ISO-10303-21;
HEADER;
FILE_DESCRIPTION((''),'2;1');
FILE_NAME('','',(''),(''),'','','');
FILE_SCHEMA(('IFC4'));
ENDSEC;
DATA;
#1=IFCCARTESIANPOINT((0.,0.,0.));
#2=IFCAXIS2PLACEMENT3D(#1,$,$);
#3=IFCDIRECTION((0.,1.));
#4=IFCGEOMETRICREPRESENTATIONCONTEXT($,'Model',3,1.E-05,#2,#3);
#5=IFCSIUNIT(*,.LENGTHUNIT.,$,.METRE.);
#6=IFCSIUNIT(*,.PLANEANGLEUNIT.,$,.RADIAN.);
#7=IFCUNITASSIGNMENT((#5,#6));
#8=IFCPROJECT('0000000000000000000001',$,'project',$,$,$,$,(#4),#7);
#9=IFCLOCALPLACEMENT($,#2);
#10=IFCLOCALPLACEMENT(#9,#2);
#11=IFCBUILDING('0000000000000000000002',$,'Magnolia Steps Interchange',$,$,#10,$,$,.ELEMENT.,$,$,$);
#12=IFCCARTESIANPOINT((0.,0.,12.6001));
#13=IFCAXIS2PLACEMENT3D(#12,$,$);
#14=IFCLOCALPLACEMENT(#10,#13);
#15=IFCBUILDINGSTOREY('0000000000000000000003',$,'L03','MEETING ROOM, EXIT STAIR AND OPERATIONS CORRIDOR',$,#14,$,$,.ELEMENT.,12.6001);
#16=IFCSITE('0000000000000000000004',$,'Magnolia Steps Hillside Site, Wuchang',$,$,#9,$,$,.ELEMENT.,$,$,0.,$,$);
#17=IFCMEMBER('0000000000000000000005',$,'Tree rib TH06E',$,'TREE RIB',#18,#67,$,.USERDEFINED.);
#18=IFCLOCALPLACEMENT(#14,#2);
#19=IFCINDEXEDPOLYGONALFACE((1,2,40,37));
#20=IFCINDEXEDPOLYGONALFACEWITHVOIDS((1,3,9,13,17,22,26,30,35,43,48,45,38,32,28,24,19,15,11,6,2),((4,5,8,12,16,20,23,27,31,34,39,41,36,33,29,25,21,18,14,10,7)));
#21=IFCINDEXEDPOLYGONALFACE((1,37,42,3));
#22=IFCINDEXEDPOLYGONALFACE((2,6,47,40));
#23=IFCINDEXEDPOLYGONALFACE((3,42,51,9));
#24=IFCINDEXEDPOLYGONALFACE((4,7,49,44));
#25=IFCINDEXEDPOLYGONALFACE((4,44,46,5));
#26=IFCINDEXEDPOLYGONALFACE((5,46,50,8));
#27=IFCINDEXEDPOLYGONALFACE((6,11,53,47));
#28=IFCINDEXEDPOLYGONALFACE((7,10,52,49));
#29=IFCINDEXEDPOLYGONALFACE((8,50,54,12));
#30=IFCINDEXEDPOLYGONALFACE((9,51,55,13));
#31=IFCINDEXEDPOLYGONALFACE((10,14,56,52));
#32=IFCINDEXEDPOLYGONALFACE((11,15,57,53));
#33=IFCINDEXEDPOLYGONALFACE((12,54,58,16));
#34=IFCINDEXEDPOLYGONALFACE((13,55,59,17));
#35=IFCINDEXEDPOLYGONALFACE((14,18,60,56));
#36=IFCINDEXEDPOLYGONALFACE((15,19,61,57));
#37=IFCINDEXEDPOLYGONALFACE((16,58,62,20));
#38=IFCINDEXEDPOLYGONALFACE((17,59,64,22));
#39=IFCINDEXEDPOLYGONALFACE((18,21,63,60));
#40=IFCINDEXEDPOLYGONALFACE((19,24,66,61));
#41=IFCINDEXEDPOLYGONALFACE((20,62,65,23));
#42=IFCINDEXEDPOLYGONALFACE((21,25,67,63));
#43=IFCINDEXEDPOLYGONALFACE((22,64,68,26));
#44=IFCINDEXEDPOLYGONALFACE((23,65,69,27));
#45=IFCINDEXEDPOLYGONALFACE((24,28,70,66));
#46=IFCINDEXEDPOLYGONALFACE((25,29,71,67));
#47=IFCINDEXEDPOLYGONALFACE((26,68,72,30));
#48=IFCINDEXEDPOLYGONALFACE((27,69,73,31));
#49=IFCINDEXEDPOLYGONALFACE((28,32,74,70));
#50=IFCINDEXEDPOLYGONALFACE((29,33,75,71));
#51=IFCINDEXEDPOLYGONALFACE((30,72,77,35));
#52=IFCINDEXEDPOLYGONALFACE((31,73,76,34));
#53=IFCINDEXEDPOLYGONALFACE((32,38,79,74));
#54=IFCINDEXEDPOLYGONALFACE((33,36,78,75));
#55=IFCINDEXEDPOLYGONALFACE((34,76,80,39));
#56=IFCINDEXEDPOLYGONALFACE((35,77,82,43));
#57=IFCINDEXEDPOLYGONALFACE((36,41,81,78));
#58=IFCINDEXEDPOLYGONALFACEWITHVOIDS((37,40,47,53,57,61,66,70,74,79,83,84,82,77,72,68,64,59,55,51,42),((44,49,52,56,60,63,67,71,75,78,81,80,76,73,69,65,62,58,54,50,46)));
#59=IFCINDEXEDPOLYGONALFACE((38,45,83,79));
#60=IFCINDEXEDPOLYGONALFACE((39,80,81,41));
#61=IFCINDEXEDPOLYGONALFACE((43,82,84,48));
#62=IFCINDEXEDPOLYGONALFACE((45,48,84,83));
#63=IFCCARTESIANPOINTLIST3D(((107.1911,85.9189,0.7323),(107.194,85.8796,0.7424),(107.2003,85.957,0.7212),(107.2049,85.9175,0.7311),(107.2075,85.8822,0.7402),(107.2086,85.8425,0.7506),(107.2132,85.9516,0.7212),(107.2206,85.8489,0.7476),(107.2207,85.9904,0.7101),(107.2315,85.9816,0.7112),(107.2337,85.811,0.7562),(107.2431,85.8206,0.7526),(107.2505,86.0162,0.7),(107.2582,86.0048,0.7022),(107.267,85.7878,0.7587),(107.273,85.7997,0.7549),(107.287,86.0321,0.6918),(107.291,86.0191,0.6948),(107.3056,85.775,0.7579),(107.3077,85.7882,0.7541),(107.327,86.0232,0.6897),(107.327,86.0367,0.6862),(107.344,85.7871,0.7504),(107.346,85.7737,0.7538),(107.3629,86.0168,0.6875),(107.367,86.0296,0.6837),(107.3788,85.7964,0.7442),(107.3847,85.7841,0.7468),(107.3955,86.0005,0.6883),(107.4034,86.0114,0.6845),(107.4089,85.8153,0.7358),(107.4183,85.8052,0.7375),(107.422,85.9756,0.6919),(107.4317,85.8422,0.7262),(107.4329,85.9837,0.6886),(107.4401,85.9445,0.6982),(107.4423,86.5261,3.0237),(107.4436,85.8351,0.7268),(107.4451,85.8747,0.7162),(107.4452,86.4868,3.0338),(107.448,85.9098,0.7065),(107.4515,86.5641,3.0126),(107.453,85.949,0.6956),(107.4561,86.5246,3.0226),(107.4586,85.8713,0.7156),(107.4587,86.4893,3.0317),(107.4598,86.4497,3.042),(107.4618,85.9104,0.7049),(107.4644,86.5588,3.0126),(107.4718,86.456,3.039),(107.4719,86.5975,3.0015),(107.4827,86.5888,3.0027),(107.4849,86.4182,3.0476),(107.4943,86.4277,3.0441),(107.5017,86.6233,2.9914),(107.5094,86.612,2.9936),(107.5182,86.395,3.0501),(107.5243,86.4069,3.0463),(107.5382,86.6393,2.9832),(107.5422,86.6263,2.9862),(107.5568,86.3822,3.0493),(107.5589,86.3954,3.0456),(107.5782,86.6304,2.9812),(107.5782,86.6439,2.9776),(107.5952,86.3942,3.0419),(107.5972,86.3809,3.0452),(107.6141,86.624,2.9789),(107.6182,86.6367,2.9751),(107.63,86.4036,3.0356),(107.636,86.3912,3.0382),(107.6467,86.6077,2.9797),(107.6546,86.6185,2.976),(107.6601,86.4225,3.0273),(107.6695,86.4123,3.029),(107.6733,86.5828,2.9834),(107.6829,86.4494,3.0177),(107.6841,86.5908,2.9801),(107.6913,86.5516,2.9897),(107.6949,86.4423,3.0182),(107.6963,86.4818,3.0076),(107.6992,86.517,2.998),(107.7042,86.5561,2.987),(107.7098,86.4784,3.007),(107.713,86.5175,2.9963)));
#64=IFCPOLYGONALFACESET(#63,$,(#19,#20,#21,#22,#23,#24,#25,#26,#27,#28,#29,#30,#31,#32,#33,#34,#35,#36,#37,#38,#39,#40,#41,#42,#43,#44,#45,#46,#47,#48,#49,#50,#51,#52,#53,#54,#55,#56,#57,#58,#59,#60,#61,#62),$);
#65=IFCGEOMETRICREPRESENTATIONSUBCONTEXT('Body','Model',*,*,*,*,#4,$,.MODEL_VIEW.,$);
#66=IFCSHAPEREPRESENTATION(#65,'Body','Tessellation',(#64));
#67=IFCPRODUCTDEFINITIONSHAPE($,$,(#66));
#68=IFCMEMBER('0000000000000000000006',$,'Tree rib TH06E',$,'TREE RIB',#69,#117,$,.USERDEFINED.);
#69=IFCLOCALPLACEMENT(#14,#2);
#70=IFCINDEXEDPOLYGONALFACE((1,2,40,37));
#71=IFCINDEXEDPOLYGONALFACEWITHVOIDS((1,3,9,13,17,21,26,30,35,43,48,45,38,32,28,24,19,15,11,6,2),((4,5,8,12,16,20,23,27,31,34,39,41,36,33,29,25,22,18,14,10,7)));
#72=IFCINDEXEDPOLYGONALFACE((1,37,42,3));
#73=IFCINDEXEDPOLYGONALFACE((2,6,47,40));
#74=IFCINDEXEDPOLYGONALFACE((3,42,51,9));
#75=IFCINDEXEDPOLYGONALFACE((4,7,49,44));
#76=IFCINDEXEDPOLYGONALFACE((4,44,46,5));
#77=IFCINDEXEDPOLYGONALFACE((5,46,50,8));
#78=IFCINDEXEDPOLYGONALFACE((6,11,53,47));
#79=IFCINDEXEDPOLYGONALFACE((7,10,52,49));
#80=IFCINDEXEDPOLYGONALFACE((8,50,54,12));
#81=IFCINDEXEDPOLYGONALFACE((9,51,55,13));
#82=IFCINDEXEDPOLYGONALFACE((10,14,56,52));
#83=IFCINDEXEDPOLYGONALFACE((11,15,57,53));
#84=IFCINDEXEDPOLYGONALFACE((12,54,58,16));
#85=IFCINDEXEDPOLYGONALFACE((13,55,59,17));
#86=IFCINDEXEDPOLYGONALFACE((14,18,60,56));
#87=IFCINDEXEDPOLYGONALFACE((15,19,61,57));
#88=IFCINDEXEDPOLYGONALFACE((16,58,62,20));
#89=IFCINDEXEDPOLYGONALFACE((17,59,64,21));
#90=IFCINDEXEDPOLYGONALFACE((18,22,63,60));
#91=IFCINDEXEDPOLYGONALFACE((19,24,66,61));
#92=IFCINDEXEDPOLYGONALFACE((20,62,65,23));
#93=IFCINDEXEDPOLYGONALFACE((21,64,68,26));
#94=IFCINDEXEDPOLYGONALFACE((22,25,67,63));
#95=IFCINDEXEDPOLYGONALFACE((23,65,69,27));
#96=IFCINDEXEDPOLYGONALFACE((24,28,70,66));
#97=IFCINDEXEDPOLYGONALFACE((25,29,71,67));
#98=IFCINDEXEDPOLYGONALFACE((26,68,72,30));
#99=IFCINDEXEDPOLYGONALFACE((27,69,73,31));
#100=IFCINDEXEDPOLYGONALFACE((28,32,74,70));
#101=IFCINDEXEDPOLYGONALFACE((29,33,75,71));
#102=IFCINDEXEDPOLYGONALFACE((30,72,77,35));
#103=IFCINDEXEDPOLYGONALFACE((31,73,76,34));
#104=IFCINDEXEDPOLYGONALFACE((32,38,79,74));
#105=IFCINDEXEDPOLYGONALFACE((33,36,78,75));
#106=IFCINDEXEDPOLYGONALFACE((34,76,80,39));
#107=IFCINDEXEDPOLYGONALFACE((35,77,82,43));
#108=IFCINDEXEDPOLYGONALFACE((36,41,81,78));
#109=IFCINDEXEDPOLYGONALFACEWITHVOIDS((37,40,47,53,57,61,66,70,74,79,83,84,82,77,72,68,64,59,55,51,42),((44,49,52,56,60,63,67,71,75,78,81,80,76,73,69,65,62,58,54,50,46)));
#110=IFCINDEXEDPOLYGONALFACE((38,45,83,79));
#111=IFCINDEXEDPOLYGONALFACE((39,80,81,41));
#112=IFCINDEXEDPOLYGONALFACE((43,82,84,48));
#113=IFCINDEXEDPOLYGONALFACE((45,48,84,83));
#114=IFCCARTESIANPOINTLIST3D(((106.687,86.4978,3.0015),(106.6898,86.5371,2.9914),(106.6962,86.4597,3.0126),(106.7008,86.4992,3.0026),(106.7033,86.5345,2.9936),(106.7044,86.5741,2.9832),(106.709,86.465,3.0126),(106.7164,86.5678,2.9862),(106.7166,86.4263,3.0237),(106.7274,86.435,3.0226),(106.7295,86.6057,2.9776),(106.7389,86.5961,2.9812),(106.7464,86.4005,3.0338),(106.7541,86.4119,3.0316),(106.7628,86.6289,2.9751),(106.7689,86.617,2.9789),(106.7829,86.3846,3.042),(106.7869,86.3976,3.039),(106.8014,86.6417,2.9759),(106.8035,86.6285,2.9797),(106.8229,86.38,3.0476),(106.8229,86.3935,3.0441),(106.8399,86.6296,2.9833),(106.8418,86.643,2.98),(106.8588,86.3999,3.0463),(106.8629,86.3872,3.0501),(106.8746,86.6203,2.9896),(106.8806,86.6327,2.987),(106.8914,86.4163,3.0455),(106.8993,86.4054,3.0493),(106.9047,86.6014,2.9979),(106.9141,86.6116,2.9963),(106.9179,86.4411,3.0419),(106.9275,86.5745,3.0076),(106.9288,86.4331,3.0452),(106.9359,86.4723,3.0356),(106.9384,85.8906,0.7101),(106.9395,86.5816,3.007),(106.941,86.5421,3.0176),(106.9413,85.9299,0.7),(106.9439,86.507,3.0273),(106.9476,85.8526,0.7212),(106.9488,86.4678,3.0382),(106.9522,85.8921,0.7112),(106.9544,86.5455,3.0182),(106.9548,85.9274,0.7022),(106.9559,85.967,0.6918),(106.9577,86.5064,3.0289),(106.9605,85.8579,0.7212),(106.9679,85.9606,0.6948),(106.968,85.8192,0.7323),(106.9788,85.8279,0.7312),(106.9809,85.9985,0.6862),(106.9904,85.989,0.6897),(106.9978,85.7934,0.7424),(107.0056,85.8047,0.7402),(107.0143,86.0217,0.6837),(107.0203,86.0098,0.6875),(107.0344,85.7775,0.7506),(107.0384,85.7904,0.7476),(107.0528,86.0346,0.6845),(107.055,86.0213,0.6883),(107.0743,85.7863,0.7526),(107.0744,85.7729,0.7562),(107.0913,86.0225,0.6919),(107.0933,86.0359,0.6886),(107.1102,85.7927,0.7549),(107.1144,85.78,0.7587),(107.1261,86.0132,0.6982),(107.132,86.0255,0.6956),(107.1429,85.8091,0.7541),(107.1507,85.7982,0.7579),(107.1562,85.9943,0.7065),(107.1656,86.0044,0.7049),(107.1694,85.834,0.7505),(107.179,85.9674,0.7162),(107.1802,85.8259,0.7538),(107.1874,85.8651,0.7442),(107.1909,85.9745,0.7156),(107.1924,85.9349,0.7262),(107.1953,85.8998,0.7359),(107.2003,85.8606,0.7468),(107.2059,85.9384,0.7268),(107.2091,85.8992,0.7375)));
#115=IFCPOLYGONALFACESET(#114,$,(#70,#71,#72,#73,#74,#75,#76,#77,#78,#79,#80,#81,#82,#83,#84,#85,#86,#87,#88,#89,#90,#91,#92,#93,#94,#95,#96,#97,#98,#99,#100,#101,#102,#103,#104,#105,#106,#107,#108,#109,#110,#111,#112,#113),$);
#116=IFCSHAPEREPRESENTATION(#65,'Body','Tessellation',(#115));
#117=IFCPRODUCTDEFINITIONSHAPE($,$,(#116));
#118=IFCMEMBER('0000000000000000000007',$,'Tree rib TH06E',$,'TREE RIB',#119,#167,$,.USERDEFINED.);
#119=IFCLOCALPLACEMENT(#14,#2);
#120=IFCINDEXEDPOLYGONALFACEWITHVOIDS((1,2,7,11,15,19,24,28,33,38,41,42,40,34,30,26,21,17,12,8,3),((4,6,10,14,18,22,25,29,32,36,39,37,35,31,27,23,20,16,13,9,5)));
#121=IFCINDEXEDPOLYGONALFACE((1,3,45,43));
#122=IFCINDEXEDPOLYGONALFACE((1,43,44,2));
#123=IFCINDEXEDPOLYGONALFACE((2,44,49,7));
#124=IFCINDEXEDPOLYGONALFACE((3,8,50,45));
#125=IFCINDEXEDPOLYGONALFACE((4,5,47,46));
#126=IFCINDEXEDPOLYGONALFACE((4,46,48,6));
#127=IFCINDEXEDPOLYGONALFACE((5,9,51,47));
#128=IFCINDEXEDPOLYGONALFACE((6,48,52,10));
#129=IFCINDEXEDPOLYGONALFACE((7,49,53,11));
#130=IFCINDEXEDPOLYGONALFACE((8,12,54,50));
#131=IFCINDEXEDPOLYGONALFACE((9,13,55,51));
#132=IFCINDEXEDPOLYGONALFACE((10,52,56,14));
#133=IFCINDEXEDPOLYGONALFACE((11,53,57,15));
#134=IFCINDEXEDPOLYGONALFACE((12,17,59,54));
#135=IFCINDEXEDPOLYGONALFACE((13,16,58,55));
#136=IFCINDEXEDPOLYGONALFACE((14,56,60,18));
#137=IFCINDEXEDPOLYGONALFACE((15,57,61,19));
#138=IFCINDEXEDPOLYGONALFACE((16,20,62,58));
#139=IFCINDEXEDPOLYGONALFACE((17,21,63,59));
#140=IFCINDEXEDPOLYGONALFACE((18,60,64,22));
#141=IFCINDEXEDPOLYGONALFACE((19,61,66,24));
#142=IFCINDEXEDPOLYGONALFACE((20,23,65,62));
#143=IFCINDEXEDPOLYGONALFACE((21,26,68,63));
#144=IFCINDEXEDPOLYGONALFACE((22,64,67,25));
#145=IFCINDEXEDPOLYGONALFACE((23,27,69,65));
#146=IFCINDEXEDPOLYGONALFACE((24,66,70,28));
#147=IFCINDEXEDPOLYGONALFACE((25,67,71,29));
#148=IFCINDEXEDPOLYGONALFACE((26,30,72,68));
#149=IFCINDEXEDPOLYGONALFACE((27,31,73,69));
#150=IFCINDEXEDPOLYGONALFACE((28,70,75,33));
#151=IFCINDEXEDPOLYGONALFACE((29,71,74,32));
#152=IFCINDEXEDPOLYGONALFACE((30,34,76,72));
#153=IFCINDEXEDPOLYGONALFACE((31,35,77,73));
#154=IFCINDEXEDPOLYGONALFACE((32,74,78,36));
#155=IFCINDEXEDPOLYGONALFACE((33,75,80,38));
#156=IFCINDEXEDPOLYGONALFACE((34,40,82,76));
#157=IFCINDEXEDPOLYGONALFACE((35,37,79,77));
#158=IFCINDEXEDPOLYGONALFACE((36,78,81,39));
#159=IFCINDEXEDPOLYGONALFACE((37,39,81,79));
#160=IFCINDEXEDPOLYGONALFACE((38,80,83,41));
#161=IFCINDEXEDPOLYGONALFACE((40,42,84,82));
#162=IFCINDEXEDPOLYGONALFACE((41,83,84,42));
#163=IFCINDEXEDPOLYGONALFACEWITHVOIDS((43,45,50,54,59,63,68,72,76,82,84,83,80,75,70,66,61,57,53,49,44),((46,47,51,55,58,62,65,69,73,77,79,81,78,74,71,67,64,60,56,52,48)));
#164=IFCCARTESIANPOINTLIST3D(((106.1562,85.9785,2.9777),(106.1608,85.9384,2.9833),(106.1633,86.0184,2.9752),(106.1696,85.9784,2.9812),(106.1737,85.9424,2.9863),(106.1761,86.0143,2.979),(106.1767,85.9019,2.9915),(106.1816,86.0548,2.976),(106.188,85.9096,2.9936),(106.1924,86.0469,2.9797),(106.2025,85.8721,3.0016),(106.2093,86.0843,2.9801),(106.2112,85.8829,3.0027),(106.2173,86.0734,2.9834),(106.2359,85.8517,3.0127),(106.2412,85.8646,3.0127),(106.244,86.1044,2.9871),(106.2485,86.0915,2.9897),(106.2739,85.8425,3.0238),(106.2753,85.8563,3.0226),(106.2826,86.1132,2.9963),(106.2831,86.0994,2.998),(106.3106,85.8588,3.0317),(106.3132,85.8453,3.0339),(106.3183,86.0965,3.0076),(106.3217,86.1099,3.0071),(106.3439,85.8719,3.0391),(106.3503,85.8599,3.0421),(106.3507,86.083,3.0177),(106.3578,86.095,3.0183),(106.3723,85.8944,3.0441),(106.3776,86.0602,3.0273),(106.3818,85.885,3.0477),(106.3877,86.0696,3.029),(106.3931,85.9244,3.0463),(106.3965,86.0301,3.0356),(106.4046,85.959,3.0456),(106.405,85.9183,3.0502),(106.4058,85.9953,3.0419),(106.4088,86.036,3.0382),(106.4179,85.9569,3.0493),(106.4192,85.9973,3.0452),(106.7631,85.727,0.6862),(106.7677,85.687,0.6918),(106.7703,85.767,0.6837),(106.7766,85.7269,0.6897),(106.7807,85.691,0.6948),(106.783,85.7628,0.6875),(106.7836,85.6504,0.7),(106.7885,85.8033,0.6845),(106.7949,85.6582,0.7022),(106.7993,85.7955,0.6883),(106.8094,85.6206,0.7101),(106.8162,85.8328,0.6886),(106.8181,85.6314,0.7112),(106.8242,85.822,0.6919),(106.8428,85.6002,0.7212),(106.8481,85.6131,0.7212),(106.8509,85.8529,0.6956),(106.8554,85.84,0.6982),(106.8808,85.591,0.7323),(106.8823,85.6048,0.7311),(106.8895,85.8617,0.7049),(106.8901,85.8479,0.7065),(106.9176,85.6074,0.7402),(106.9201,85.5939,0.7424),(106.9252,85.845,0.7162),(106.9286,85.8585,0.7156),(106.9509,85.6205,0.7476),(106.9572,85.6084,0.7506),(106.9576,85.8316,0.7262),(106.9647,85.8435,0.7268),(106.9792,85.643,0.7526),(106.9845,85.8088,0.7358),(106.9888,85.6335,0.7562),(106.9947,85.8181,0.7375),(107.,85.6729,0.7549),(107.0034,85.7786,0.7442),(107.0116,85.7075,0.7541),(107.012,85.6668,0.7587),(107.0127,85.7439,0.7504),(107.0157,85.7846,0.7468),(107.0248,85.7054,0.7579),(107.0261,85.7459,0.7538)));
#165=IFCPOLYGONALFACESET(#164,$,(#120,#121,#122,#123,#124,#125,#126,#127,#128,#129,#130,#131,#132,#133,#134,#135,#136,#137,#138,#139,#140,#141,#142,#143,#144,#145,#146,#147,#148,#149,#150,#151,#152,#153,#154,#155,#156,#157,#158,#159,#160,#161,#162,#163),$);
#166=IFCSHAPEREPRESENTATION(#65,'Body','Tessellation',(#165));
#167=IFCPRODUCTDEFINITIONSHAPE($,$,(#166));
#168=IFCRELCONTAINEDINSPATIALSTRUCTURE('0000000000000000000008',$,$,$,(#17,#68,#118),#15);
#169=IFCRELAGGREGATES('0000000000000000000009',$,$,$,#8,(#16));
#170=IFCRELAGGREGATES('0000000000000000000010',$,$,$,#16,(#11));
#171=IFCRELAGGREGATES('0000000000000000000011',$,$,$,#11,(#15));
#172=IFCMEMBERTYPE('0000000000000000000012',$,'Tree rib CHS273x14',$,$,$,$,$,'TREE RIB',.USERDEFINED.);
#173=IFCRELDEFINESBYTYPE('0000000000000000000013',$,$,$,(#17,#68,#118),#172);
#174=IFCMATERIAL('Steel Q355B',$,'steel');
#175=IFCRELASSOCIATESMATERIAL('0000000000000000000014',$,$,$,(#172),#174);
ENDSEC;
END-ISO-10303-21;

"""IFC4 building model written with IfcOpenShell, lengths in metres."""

from ifc_helpers import new_model, si_unit, direction, frame, origin, origin_2d, place, context, subcontext, project, spatial, hollow_circle, extrude, material, material_profile, profile_set, type_object, element, save


model = new_model("IFC4")

# Units and contexts
model_context = context("Model", 3, precision=1e-05, world=origin(), true_north=direction((0.0, 1.0)))
body_context = subcontext(model_context, "Body", "Model", "MODEL_VIEW")
ifc_project = project(units=[si_unit("LENGTHUNIT", "METRE"), si_unit("PLANEANGLEUNIT", "RADIAN")], contexts=[model_context])

# Site, building, storey
site_placement = place(None, origin())
site = spatial("IfcSite", under=ifc_project, at=site_placement, Name="Magnolia Steps Hillside Site, Wuchang", CompositionType="ELEMENT", RefElevation=0.0)
building_placement = place(site_placement, origin())
building = spatial("IfcBuilding", under=site, at=building_placement, Name="Magnolia Steps Interchange", CompositionType="ELEMENT")
storey_placement = place(building_placement, frame((0.0, 0.0, 12.6001)))
storey = spatial("IfcBuildingStorey", under=building, at=storey_placement, Name="L03", Description="MEETING ROOM, EXIT STAIR AND OPERATIONS CORRIDOR", CompositionType="ELEMENT", Elevation=12.6001)

# Members
ifc_material_1 = material(Name="Steel Q355B", Category="steel")
ifc_material_profile_1 = material_profile(ifc_material_1, hollow_circle(Radius=0.1365, WallThickness=0.0139, at=origin_2d()), Name="CHS273x14")
ifc_profile_set_1 = profile_set([ifc_material_profile_1], Name="Steel Q355B")
member_type_1 = type_object("IfcMemberType", Name="Tree rib CHS273x14", ElementType="TREE RIB", PredefinedType="USERDEFINED", material=ifc_profile_set_1)
for number, where, z_axis, x_axis, name in (
    (1, (107.3264, 85.9048, 0.7212), (0.105384, 0.254704, 0.96126), (-0.92403, 0.382319, 0.0), "Tree rib TH06E"),
    (2, (107.0737, 85.9048, 0.7212), (-0.105485, 0.254701, 0.961249), (-0.923899, -0.382636, 0.0), "Tree rib TH06E"),
    (3, (106.895, 85.7263, 0.7212), (-0.254606, 0.105488, 0.961274), (-0.382768, -0.923845, 0.0), "Tree rib TH06E"),
):
    element("IfcMember", number, at=place(storey_placement, frame(where, z_axis=z_axis, x_axis=x_axis)), inside=storey, type_object=member_type_1, Name=name, ObjectType="TREE RIB", PredefinedType="USERDEFINED", context=body_context, shape_type="SweptSolid", body=[
        extrude(hollow_circle(Radius=0.1365, WallThickness=0.0139, at=origin_2d()), origin(), (0.0, 0.0, 1.0), 2.3838),
    ])

save(model, "model.ifc")
